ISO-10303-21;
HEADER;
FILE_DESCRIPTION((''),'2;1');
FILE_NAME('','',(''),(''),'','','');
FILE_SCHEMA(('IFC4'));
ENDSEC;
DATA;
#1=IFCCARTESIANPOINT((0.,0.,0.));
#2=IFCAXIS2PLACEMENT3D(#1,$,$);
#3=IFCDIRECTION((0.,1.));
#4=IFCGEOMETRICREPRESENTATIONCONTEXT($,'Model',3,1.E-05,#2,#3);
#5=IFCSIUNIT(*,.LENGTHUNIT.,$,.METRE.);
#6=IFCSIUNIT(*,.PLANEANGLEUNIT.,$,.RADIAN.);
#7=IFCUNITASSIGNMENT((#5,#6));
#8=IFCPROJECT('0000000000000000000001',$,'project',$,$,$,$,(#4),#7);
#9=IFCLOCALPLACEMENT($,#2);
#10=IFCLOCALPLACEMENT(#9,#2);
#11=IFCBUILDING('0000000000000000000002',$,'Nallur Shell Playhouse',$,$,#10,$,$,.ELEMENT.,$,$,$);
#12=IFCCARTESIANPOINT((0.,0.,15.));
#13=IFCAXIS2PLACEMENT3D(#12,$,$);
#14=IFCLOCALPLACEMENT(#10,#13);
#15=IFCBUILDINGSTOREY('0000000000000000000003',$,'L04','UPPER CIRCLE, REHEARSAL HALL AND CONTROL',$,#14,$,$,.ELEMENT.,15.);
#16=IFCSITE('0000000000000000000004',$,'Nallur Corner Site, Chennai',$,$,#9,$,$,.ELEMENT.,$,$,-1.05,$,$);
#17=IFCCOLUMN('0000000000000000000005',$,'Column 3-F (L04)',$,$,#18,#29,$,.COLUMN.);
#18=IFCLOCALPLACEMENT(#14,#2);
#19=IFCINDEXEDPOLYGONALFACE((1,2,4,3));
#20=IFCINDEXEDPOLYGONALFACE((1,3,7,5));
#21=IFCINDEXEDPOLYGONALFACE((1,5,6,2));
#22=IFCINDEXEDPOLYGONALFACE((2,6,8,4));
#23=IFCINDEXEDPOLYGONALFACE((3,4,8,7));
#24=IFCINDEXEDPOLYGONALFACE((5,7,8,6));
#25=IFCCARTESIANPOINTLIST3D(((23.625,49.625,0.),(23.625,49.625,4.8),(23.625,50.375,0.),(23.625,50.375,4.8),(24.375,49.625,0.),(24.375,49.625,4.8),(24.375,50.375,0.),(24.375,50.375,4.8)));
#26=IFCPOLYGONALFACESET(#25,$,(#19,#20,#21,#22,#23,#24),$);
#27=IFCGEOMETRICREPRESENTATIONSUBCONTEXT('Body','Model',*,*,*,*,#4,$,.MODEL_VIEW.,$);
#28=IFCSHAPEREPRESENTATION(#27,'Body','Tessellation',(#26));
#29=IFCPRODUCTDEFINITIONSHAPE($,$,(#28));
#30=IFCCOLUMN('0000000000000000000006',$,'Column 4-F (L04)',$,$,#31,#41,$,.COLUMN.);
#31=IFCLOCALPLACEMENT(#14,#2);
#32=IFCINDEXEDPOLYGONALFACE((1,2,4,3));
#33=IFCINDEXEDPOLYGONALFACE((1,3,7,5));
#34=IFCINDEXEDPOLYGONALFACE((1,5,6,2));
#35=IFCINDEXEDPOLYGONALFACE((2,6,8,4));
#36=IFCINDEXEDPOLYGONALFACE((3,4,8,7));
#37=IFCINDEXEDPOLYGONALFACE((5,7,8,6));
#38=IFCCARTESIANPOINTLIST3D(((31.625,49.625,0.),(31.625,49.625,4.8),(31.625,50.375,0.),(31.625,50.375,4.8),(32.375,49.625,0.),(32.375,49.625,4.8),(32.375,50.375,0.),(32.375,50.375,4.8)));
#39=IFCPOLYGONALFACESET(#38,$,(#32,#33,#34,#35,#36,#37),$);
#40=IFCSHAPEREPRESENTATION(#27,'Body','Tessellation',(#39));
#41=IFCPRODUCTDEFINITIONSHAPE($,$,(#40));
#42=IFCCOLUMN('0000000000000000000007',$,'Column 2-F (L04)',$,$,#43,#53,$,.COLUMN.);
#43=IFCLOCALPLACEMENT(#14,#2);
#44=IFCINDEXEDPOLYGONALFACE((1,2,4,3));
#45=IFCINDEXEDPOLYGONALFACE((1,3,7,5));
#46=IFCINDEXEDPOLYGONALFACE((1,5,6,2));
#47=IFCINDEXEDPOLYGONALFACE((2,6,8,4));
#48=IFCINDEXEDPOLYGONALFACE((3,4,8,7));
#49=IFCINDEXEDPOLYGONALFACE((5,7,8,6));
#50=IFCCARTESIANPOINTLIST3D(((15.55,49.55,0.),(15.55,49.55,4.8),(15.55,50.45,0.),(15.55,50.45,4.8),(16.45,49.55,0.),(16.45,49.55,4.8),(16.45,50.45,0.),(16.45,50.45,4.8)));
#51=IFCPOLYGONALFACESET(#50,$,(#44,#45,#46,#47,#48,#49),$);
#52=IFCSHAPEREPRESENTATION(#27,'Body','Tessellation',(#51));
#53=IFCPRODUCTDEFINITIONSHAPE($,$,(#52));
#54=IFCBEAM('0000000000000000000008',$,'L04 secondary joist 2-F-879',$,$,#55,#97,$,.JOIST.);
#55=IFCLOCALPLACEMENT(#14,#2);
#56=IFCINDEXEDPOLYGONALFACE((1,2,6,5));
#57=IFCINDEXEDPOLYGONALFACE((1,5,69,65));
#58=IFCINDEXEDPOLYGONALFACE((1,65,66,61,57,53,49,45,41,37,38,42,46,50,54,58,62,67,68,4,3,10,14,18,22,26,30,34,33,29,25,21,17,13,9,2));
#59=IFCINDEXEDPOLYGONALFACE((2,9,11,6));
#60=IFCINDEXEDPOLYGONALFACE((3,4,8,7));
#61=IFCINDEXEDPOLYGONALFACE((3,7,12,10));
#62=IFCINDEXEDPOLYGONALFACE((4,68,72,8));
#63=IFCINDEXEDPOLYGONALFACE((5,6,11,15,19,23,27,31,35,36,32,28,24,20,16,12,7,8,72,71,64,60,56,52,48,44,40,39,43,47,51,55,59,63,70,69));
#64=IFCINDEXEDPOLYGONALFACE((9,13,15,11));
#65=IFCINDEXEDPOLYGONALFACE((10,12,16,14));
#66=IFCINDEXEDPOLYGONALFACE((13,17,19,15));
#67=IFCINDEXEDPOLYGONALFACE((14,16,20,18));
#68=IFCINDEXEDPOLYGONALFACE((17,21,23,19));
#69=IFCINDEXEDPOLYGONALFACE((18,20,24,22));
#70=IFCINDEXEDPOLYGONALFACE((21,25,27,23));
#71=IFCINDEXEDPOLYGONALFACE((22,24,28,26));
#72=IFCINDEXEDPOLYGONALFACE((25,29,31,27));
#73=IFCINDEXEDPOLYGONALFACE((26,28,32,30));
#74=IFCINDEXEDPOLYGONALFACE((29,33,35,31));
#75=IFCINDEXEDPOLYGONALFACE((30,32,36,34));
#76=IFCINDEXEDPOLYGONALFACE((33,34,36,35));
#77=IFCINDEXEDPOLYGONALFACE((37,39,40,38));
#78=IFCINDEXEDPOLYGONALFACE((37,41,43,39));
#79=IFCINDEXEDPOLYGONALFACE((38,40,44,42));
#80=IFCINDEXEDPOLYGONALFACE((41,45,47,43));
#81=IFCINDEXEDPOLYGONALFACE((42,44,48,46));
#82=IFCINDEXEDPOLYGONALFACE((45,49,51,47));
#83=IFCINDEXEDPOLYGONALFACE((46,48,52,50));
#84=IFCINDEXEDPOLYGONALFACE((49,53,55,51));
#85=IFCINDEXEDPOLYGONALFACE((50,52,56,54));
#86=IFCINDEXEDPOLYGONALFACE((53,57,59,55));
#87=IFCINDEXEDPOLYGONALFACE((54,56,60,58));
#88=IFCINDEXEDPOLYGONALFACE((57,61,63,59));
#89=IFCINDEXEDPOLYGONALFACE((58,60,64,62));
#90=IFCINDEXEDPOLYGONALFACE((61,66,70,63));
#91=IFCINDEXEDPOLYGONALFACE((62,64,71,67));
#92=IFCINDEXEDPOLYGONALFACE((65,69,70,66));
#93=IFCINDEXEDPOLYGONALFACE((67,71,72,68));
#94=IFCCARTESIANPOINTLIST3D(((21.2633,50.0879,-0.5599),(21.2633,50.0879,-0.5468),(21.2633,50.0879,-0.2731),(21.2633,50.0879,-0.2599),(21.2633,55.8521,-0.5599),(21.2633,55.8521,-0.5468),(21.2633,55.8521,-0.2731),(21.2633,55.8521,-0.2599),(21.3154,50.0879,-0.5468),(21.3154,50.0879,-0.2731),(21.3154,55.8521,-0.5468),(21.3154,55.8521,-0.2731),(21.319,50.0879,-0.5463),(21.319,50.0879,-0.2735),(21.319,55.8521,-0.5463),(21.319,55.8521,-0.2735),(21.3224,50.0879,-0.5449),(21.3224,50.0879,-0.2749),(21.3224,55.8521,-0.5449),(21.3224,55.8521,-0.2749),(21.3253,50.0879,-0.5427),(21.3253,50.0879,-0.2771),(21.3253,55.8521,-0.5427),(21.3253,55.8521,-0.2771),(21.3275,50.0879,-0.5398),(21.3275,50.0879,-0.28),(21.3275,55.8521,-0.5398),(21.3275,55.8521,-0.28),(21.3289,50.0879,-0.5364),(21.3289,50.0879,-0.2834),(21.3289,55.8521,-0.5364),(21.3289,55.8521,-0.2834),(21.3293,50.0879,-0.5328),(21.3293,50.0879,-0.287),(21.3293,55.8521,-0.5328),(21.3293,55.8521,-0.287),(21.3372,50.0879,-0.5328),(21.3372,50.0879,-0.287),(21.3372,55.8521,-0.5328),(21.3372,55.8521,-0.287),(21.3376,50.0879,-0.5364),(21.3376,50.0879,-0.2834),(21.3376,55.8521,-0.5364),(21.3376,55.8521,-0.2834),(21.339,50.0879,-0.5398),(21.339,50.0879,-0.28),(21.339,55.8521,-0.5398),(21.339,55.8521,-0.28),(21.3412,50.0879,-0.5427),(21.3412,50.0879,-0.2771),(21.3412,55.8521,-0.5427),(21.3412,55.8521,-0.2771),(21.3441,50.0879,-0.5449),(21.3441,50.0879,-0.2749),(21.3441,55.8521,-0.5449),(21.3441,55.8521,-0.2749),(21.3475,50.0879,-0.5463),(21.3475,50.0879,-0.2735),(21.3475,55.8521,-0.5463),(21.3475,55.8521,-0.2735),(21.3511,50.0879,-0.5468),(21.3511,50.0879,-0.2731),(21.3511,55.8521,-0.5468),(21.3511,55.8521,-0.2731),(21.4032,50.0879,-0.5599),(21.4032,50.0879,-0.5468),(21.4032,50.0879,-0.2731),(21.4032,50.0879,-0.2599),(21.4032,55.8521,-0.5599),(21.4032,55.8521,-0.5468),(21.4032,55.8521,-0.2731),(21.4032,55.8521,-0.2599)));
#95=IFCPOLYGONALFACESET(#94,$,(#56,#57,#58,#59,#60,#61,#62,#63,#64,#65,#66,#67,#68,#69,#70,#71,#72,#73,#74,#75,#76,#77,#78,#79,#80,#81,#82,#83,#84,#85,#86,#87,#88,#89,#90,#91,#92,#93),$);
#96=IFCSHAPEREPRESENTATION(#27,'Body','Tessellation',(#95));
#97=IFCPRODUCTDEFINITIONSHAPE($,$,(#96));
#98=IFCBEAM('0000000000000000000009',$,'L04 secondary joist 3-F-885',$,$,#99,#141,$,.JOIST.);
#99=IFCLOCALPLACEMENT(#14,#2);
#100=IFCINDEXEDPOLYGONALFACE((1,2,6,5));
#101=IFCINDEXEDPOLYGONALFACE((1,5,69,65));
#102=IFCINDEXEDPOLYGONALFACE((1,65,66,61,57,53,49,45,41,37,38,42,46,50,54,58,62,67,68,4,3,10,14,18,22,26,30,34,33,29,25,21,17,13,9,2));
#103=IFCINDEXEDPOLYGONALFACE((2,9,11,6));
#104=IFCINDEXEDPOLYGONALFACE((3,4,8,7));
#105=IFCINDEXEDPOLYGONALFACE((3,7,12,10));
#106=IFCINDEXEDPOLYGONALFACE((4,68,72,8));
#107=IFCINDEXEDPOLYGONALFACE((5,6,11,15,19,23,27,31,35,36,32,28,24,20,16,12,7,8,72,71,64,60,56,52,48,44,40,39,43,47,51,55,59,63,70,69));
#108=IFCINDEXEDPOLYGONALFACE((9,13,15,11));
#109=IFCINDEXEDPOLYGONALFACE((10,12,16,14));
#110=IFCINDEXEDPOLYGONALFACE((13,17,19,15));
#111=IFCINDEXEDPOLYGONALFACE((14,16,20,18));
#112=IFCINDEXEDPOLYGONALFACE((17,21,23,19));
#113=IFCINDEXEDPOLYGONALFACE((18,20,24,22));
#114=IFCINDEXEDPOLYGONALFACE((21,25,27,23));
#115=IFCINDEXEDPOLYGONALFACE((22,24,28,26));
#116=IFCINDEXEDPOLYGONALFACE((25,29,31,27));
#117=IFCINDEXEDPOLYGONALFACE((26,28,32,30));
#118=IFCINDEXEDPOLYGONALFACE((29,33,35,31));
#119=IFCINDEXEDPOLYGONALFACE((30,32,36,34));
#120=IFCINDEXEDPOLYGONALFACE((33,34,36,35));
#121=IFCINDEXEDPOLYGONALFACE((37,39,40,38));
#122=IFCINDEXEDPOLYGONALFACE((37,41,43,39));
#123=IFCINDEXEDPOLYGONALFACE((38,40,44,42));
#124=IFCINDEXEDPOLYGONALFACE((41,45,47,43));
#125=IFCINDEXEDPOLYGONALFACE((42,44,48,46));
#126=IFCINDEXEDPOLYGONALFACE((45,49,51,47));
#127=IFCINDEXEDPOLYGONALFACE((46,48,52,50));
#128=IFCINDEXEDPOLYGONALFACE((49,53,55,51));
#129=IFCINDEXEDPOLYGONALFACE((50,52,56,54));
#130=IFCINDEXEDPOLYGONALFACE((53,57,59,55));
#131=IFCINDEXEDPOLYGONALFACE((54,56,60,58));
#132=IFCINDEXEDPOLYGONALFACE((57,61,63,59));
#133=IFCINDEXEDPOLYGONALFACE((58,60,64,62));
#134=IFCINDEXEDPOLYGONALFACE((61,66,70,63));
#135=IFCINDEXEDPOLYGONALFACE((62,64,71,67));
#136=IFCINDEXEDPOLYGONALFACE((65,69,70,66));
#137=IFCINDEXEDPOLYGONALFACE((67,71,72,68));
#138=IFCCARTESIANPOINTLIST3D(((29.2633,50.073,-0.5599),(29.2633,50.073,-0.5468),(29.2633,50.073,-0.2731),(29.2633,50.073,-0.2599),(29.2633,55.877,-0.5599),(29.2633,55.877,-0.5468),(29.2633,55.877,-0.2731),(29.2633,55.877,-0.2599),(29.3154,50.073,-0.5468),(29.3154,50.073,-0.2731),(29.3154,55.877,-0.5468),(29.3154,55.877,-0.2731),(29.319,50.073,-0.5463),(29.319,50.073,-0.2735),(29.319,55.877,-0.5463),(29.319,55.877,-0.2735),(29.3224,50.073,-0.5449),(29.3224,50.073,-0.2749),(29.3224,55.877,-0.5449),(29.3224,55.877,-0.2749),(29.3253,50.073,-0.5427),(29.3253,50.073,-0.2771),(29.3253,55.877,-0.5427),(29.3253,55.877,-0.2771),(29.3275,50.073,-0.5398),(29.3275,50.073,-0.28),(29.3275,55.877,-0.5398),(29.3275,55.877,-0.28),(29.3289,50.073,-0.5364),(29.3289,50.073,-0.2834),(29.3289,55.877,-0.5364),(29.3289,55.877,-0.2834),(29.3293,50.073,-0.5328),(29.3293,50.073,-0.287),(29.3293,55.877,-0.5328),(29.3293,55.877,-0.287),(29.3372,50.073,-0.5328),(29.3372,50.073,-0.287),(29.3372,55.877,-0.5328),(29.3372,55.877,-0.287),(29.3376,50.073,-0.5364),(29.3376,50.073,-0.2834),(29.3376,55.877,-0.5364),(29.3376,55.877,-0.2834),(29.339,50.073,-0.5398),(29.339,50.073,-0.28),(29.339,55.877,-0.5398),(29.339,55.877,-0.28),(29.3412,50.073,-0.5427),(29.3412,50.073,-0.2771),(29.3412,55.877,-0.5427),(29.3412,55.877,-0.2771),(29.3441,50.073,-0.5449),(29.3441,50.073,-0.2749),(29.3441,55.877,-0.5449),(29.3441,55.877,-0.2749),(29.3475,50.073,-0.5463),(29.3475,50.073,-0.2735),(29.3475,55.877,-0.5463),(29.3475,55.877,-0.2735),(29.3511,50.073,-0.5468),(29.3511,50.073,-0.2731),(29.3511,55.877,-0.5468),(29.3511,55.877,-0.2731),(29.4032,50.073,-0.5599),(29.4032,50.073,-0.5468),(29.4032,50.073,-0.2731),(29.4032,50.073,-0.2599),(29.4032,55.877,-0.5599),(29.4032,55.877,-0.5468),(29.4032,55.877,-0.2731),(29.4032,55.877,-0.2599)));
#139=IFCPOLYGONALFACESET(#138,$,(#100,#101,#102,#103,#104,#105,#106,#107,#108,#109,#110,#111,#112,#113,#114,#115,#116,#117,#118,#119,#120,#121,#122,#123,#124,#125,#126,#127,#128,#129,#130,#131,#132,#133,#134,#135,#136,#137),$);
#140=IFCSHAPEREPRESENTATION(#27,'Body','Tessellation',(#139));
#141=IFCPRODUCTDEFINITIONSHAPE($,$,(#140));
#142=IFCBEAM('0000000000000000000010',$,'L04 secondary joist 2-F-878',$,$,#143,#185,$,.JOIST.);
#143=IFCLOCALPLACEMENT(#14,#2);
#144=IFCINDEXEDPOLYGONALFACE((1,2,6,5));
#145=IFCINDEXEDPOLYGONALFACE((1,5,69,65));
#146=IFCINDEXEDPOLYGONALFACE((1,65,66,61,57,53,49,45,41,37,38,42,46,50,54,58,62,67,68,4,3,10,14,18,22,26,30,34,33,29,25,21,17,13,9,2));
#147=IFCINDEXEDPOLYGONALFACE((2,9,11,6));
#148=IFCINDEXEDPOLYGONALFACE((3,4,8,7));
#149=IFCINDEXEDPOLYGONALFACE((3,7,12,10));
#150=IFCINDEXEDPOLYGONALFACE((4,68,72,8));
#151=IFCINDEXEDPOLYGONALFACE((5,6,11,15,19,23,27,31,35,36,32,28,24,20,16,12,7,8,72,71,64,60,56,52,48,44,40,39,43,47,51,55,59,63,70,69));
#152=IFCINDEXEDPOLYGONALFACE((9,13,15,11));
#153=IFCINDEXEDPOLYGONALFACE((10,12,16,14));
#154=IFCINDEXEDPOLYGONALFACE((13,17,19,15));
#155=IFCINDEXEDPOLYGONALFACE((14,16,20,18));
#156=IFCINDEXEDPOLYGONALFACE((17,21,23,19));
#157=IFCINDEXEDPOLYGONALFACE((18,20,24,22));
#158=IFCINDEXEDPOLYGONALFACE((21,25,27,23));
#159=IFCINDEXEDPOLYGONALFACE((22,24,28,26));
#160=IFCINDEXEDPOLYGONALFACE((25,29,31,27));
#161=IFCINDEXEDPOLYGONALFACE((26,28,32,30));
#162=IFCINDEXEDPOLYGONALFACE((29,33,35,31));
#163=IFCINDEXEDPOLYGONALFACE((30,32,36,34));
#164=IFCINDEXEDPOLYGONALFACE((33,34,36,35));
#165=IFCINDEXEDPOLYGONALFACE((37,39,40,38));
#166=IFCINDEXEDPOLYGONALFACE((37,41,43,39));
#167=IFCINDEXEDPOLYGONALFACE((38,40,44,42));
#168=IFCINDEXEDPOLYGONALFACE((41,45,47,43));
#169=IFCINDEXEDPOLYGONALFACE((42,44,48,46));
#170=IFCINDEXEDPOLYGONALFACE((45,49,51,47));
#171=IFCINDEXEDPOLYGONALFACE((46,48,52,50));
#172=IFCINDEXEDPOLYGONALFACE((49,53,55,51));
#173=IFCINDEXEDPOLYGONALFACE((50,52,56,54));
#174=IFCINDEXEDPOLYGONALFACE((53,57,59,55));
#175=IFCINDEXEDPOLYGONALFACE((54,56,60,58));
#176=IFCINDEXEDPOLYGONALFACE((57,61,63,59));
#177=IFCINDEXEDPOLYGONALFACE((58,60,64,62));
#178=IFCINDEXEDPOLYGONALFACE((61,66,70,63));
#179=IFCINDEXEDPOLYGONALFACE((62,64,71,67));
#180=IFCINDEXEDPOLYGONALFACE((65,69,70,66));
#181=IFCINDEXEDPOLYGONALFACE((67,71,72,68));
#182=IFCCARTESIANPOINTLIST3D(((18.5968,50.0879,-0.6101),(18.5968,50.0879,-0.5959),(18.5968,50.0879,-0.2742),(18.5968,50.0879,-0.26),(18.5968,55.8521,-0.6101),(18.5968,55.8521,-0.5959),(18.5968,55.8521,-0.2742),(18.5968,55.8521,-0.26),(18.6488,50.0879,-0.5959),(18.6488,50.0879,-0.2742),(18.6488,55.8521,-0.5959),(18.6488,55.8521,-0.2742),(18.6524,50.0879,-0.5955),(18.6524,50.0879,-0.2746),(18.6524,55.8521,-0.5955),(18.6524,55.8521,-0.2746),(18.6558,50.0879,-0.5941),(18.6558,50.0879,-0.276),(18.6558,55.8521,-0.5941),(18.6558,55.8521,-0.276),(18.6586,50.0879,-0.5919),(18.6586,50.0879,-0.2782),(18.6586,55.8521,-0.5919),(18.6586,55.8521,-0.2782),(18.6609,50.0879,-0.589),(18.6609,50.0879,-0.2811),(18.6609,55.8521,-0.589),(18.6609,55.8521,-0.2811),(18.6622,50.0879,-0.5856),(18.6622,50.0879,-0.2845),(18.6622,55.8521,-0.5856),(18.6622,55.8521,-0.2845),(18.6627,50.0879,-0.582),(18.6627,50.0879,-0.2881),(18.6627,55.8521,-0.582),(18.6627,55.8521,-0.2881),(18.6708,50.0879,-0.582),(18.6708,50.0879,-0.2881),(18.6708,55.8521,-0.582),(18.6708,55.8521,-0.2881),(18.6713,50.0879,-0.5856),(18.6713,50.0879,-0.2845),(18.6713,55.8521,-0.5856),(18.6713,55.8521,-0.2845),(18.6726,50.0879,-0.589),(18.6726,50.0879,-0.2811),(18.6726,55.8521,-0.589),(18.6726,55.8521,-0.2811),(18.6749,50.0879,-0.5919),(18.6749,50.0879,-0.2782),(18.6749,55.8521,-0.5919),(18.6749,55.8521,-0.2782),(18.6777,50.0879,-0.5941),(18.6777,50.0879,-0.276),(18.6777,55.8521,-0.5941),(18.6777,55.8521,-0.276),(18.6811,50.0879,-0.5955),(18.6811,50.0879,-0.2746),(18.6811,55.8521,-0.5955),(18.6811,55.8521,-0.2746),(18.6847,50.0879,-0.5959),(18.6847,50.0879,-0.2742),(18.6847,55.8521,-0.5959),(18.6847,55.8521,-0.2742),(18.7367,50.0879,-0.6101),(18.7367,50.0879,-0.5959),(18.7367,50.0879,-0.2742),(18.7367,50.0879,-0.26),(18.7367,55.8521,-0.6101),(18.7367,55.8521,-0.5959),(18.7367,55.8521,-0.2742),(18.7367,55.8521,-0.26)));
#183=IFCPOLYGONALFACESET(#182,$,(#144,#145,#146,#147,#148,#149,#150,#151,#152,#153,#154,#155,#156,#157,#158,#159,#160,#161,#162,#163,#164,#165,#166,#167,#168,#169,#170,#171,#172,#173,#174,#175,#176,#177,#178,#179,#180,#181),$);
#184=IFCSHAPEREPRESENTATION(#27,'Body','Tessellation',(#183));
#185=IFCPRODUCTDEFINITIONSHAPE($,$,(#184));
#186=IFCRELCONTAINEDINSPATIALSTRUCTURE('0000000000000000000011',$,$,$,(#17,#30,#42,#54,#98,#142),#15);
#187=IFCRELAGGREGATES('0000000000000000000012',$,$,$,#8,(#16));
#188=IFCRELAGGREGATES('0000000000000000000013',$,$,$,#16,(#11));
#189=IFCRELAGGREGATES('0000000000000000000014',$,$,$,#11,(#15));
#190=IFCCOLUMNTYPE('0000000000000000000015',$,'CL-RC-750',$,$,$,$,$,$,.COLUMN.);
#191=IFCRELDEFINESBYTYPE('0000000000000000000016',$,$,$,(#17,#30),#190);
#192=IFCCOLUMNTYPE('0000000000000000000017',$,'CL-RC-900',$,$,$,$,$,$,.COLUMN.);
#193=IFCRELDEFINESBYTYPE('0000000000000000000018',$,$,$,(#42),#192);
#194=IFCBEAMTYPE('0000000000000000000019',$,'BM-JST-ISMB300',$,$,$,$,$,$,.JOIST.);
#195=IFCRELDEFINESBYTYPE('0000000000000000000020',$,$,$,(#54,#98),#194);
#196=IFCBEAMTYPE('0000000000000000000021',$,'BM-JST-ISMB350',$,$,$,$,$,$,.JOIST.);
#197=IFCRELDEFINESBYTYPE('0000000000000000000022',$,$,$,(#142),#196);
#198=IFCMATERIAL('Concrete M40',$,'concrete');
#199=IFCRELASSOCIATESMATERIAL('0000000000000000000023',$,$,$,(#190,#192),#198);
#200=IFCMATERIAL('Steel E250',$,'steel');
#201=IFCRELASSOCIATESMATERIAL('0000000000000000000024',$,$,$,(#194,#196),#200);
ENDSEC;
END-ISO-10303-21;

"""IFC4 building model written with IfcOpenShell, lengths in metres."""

from ifc_helpers import new_model, si_unit, direction, frame, origin, origin_2d, place, context, subcontext, project, spatial, rectangle, i_section, extrude, material, material_profile, profile_set, type_object, element, save


model = new_model("IFC4")

# Units and contexts
model_context = context("Model", 3, precision=1e-05, world=origin(), true_north=direction((0.0, 1.0)))
body_context = subcontext(model_context, "Body", "Model", "MODEL_VIEW")
ifc_project = project(units=[si_unit("LENGTHUNIT", "METRE"), si_unit("PLANEANGLEUNIT", "RADIAN")], contexts=[model_context])

# Site, building, storey
site_placement = place(None, origin())
site = spatial("IfcSite", under=ifc_project, at=site_placement, Name="Nallur Corner Site, Chennai", CompositionType="ELEMENT", RefElevation=-1.05)
building_placement = place(site_placement, origin())
building = spatial("IfcBuilding", under=site, at=building_placement, Name="Nallur Shell Playhouse", CompositionType="ELEMENT")
storey_placement = place(building_placement, frame((0.0, 0.0, 15.0)))
storey = spatial("IfcBuildingStorey", under=building, at=storey_placement, Name="L04", Description="UPPER CIRCLE, REHEARSAL HALL AND CONTROL", CompositionType="ELEMENT", Elevation=15.0)

# Columns
ifc_material_1 = material(Name="Concrete M40", Category="concrete")
ifc_material_profile_1 = material_profile(ifc_material_1, rectangle(XDim=0.75, YDim=0.75, at=origin_2d()), Name="RC 750x750")
ifc_profile_set_1 = profile_set([ifc_material_profile_1], Name="Concrete M40")
column_type_1 = type_object("IfcColumnType", Name="CL-RC-750", PredefinedType="COLUMN", material=ifc_profile_set_1)
for number, where, z_axis, x_axis, name in (
    (1, (24.0, 50.0, 0.0), (0.0, 0.0, 1.0), (1.0, 0.0, 0.0), "Column 3-F (L04)"),
    (2, (32.0, 50.0, 0.0), (0.0, 0.0, 1.0), (1.0, 0.0, 0.0), "Column 4-F (L04)"),
):
    element("IfcColumn", number, at=place(storey_placement, frame(where, z_axis=z_axis, x_axis=x_axis)), inside=storey, type_object=column_type_1, Name=name, PredefinedType="COLUMN", context=body_context, shape_type="SweptSolid", body=[
        extrude(rectangle(XDim=0.75, YDim=0.75, at=origin_2d()), origin(), (0.0, 0.0, 1.0), 4.8),
    ])
ifc_material_profile_2 = material_profile(ifc_material_1, rectangle(XDim=0.8999, YDim=0.8999, at=origin_2d()), Name="RC 900x900")
ifc_profile_set_2 = profile_set([ifc_material_profile_2], Name="Concrete M40")
column_type_2 = type_object("IfcColumnType", Name="CL-RC-900", PredefinedType="COLUMN", material=ifc_profile_set_2)
column_placement = place(storey_placement, frame((16.0, 50.0, 0.0), z_axis=(0.0, 0.0, 1.0), x_axis=(1.0, 0.0, 0.0)))
element("IfcColumn", 3, at=column_placement, inside=storey, type_object=column_type_2, Name="Column 2-F (L04)", PredefinedType="COLUMN", context=body_context, shape_type="SweptSolid", body=[
    extrude(rectangle(XDim=0.8999, YDim=0.8999, at=origin_2d()), origin(), (0.0, 0.0, 1.0), 4.8),
])

# Beams
ifc_material_2 = material(Name="Steel E250", Category="steel")
ifc_material_profile_3 = material_profile(ifc_material_2, i_section(OverallWidth=0.1399, OverallDepth=0.3, WebThickness=0.0078, FlangeThickness=0.0132, FilletRadius=0.0139, at=origin_2d()), Name="ISMB 300")
ifc_profile_set_3 = profile_set([ifc_material_profile_3], Name="Steel E250")
beam_type_1 = type_object("IfcBeamType", Name="BM-JST-ISMB300", PredefinedType="JOIST", material=ifc_profile_set_3)
beam_1_placement = place(storey_placement, frame((21.3333, 50.0879, -0.4099), z_axis=(0.0, 1.0, 0.0), x_axis=(-1.0, 0.0, 0.0)))
element("IfcBeam", 4, at=beam_1_placement, inside=storey, type_object=beam_type_1, Name="L04 secondary joist 2-F-879", PredefinedType="JOIST", context=body_context, shape_type="SweptSolid", body=[
    extrude(i_section(OverallWidth=0.1399, OverallDepth=0.3, WebThickness=0.0078, FlangeThickness=0.0132, FilletRadius=0.0139, at=origin_2d()), origin(), (0.0, 0.0, 1.0), 5.7642),
])
beam_2_placement = place(storey_placement, frame((29.3333, 50.073, -0.4099), z_axis=(0.0, 1.0, 0.0), x_axis=(-1.0, 0.0, 0.0)))
element("IfcBeam", 5, at=beam_2_placement, inside=storey, type_object=beam_type_1, Name="L04 secondary joist 3-F-885", PredefinedType="JOIST", context=body_context, shape_type="SweptSolid", body=[
    extrude(i_section(OverallWidth=0.1399, OverallDepth=0.3, WebThickness=0.0078, FlangeThickness=0.0132, FilletRadius=0.0139, at=origin_2d()), origin(), (0.0, 0.0, 1.0), 5.804),
])
ifc_material_profile_4 = material_profile(ifc_material_2, i_section(OverallWidth=0.1399, OverallDepth=0.3501, WebThickness=0.0081, FlangeThickness=0.0142, FilletRadius=0.0139, at=origin_2d()), Name="ISMB 350")
ifc_profile_set_4 = profile_set([ifc_material_profile_4], Name="Steel E250")
beam_type_2 = type_object("IfcBeamType", Name="BM-JST-ISMB350", PredefinedType="JOIST", material=ifc_profile_set_4)
beam_3_placement = place(storey_placement, frame((18.6667, 50.0879, -0.4351), z_axis=(0.0, 1.0, 0.0), x_axis=(-1.0, 0.0, 0.0)))
element("IfcBeam", 6, at=beam_3_placement, inside=storey, type_object=beam_type_2, Name="L04 secondary joist 2-F-878", PredefinedType="JOIST", context=body_context, shape_type="SweptSolid", body=[
    extrude(i_section(OverallWidth=0.1399, OverallDepth=0.3501, WebThickness=0.0081, FlangeThickness=0.0142, FilletRadius=0.0139, at=origin_2d()), origin(), (0.0, 0.0, 1.0), 5.7642),
])

save(model, "model.ifc")
